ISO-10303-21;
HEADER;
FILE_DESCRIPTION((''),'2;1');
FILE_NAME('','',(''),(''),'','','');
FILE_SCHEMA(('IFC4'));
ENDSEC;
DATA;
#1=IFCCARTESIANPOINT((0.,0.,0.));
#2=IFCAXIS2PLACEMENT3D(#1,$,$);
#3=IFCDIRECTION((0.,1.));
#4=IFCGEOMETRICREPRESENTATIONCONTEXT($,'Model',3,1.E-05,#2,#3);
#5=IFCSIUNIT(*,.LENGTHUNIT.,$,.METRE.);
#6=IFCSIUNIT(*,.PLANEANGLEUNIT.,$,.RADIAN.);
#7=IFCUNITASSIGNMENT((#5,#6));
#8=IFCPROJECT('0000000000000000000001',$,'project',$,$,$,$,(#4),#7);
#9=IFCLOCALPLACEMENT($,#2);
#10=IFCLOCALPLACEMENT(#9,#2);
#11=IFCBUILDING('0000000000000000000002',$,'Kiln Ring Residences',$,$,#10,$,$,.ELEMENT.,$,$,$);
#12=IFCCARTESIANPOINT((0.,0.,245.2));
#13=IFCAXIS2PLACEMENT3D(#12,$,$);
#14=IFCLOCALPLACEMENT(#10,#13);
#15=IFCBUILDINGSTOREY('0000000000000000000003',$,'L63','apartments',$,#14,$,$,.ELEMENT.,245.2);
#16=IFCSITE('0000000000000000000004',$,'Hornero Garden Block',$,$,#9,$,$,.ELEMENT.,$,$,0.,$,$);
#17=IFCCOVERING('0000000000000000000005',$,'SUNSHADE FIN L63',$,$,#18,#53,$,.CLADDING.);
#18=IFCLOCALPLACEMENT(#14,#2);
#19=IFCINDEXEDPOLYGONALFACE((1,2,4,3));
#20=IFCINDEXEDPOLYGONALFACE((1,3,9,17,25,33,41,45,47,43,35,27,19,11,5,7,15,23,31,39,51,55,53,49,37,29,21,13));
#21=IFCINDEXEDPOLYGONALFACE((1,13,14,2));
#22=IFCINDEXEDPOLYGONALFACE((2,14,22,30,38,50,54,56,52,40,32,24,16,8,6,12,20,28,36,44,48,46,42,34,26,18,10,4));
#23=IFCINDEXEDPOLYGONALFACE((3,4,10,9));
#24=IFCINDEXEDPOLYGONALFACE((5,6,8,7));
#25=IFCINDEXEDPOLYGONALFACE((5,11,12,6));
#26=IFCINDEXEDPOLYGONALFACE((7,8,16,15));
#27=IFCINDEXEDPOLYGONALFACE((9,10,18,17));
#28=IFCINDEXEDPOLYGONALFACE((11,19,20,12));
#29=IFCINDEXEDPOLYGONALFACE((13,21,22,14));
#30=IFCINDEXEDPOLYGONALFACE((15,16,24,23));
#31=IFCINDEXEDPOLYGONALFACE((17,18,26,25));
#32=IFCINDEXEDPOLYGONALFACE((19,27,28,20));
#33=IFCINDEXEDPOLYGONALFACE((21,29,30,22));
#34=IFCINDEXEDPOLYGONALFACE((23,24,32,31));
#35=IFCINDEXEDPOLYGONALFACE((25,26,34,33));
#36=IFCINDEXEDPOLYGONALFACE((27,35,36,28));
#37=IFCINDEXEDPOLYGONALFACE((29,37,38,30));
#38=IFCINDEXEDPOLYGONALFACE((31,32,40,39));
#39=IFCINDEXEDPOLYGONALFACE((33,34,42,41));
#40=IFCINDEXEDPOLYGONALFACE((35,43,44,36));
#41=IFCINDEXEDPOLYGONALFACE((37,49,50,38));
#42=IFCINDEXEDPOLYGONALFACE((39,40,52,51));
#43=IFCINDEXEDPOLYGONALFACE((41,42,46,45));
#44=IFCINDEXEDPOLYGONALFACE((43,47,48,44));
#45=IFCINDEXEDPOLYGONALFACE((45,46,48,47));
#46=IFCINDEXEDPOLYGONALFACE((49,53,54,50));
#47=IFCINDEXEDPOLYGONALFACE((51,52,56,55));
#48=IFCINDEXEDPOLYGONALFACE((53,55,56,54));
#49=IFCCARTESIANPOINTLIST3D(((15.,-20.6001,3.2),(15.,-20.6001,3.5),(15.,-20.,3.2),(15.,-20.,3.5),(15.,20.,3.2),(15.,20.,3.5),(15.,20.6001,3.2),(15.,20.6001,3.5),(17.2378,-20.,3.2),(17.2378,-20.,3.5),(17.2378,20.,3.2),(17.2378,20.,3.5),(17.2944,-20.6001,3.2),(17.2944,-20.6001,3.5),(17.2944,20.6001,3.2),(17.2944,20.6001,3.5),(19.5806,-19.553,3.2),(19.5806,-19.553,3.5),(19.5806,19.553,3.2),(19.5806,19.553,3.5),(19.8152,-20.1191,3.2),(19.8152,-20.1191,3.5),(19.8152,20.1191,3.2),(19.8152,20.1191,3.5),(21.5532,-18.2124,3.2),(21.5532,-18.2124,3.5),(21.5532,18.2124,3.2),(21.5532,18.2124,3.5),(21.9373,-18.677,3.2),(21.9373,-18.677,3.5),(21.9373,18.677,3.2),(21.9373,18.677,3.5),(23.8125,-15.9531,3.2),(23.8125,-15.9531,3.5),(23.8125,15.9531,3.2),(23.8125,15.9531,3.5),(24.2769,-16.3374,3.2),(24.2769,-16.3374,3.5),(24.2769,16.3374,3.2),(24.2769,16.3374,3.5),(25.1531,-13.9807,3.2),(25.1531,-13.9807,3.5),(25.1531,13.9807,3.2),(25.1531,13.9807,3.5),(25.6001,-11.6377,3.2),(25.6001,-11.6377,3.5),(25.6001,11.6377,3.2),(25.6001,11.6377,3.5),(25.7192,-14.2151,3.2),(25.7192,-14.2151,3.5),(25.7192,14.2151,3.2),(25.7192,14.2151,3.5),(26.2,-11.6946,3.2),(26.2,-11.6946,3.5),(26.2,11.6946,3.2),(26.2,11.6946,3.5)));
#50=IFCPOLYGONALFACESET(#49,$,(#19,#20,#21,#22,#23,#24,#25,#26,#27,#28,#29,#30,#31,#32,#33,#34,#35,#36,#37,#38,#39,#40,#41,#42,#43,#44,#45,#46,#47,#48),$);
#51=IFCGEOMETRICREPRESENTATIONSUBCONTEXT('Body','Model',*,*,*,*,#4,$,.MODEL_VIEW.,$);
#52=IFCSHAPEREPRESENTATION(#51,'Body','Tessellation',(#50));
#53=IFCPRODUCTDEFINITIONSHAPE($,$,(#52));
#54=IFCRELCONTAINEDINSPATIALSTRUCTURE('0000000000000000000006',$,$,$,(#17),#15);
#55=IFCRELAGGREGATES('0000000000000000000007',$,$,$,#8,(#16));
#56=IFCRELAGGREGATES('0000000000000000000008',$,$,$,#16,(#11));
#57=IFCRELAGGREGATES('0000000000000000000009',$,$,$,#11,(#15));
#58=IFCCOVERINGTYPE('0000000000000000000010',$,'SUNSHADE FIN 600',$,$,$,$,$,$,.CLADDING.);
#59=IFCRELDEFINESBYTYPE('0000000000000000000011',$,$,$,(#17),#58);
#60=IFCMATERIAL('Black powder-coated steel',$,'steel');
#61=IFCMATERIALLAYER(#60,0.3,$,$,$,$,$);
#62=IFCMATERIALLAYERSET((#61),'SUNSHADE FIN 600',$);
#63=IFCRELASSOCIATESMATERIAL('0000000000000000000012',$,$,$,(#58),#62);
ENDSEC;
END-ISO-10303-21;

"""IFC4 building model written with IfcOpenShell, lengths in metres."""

from ifc_helpers import new_model, si_unit, direction, frame, origin, place, context, subcontext, project, spatial, polyline, outline, extrude, material, layer, layer_set, type_object, element, save


model = new_model("IFC4")

# Units and contexts
model_context = context("Model", 3, precision=1e-05, world=origin(), true_north=direction((0.0, 1.0)))
body_context = subcontext(model_context, "Body", "Model", "MODEL_VIEW")
ifc_project = project(units=[si_unit("LENGTHUNIT", "METRE"), si_unit("PLANEANGLEUNIT", "RADIAN")], contexts=[model_context])

# Site, building, storey
site_placement = place(None, origin())
site = spatial("IfcSite", under=ifc_project, at=site_placement, Name="Hornero Garden Block", CompositionType="ELEMENT", RefElevation=0.0)
building_placement = place(site_placement, origin())
building = spatial("IfcBuilding", under=site, at=building_placement, Name="Kiln Ring Residences", CompositionType="ELEMENT")
storey_placement = place(building_placement, frame((0.0, 0.0, 245.2)))
storey = spatial("IfcBuildingStorey", under=building, at=storey_placement, Name="L63", Description="apartments", CompositionType="ELEMENT", Elevation=245.2)

# Covering
ifc_material_1 = material(Name="Black powder-coated steel", Category="steel")
ifc_layer_1 = layer(ifc_material_1, 0.3)
ifc_layer_set_1 = layer_set([ifc_layer_1], Name="SUNSHADE FIN 600")
covering_type = type_object("IfcCoveringType", Name="SUNSHADE FIN 600", PredefinedType="CLADDING", material=ifc_layer_set_1)
placement = place(storey_placement, frame((0.0, 0.0, 3.2)))
element("IfcCovering", 1, at=placement, inside=storey, type_object=covering_type, Name="SUNSHADE FIN L63", PredefinedType="CLADDING", context=body_context, shape_type="SweptSolid", body=[
    extrude(outline(polyline([(17.2944, 20.6001), (15.0, 20.6001), (15.0, 20.0), (17.2378, 20.0), (19.5806, 19.553), (21.5532, 18.2124), (23.8125, 15.9531), (25.1531, 13.9807), (25.6001, 11.6377), (25.6001, -11.6377), (25.1531, -13.9807), (23.8125, -15.9531), (21.5532, -18.2124), (19.5806, -19.553), (17.2378, -20.0), (15.0, -20.0), (15.0, -20.6001), (17.2944, -20.6001), (19.8152, -20.1191), (21.9373, -18.677), (24.2769, -16.3374), (25.7192, -14.2151), (26.2, -11.6946), (26.2, 11.6946), (25.7192, 14.2151), (24.2769, 16.3374), (21.9373, 18.677), (19.8152, 20.1191), (17.2944, 20.6001)])), origin(), (0.0, 0.0, 1.0), 0.3),
])

save(model, "model.ifc")
